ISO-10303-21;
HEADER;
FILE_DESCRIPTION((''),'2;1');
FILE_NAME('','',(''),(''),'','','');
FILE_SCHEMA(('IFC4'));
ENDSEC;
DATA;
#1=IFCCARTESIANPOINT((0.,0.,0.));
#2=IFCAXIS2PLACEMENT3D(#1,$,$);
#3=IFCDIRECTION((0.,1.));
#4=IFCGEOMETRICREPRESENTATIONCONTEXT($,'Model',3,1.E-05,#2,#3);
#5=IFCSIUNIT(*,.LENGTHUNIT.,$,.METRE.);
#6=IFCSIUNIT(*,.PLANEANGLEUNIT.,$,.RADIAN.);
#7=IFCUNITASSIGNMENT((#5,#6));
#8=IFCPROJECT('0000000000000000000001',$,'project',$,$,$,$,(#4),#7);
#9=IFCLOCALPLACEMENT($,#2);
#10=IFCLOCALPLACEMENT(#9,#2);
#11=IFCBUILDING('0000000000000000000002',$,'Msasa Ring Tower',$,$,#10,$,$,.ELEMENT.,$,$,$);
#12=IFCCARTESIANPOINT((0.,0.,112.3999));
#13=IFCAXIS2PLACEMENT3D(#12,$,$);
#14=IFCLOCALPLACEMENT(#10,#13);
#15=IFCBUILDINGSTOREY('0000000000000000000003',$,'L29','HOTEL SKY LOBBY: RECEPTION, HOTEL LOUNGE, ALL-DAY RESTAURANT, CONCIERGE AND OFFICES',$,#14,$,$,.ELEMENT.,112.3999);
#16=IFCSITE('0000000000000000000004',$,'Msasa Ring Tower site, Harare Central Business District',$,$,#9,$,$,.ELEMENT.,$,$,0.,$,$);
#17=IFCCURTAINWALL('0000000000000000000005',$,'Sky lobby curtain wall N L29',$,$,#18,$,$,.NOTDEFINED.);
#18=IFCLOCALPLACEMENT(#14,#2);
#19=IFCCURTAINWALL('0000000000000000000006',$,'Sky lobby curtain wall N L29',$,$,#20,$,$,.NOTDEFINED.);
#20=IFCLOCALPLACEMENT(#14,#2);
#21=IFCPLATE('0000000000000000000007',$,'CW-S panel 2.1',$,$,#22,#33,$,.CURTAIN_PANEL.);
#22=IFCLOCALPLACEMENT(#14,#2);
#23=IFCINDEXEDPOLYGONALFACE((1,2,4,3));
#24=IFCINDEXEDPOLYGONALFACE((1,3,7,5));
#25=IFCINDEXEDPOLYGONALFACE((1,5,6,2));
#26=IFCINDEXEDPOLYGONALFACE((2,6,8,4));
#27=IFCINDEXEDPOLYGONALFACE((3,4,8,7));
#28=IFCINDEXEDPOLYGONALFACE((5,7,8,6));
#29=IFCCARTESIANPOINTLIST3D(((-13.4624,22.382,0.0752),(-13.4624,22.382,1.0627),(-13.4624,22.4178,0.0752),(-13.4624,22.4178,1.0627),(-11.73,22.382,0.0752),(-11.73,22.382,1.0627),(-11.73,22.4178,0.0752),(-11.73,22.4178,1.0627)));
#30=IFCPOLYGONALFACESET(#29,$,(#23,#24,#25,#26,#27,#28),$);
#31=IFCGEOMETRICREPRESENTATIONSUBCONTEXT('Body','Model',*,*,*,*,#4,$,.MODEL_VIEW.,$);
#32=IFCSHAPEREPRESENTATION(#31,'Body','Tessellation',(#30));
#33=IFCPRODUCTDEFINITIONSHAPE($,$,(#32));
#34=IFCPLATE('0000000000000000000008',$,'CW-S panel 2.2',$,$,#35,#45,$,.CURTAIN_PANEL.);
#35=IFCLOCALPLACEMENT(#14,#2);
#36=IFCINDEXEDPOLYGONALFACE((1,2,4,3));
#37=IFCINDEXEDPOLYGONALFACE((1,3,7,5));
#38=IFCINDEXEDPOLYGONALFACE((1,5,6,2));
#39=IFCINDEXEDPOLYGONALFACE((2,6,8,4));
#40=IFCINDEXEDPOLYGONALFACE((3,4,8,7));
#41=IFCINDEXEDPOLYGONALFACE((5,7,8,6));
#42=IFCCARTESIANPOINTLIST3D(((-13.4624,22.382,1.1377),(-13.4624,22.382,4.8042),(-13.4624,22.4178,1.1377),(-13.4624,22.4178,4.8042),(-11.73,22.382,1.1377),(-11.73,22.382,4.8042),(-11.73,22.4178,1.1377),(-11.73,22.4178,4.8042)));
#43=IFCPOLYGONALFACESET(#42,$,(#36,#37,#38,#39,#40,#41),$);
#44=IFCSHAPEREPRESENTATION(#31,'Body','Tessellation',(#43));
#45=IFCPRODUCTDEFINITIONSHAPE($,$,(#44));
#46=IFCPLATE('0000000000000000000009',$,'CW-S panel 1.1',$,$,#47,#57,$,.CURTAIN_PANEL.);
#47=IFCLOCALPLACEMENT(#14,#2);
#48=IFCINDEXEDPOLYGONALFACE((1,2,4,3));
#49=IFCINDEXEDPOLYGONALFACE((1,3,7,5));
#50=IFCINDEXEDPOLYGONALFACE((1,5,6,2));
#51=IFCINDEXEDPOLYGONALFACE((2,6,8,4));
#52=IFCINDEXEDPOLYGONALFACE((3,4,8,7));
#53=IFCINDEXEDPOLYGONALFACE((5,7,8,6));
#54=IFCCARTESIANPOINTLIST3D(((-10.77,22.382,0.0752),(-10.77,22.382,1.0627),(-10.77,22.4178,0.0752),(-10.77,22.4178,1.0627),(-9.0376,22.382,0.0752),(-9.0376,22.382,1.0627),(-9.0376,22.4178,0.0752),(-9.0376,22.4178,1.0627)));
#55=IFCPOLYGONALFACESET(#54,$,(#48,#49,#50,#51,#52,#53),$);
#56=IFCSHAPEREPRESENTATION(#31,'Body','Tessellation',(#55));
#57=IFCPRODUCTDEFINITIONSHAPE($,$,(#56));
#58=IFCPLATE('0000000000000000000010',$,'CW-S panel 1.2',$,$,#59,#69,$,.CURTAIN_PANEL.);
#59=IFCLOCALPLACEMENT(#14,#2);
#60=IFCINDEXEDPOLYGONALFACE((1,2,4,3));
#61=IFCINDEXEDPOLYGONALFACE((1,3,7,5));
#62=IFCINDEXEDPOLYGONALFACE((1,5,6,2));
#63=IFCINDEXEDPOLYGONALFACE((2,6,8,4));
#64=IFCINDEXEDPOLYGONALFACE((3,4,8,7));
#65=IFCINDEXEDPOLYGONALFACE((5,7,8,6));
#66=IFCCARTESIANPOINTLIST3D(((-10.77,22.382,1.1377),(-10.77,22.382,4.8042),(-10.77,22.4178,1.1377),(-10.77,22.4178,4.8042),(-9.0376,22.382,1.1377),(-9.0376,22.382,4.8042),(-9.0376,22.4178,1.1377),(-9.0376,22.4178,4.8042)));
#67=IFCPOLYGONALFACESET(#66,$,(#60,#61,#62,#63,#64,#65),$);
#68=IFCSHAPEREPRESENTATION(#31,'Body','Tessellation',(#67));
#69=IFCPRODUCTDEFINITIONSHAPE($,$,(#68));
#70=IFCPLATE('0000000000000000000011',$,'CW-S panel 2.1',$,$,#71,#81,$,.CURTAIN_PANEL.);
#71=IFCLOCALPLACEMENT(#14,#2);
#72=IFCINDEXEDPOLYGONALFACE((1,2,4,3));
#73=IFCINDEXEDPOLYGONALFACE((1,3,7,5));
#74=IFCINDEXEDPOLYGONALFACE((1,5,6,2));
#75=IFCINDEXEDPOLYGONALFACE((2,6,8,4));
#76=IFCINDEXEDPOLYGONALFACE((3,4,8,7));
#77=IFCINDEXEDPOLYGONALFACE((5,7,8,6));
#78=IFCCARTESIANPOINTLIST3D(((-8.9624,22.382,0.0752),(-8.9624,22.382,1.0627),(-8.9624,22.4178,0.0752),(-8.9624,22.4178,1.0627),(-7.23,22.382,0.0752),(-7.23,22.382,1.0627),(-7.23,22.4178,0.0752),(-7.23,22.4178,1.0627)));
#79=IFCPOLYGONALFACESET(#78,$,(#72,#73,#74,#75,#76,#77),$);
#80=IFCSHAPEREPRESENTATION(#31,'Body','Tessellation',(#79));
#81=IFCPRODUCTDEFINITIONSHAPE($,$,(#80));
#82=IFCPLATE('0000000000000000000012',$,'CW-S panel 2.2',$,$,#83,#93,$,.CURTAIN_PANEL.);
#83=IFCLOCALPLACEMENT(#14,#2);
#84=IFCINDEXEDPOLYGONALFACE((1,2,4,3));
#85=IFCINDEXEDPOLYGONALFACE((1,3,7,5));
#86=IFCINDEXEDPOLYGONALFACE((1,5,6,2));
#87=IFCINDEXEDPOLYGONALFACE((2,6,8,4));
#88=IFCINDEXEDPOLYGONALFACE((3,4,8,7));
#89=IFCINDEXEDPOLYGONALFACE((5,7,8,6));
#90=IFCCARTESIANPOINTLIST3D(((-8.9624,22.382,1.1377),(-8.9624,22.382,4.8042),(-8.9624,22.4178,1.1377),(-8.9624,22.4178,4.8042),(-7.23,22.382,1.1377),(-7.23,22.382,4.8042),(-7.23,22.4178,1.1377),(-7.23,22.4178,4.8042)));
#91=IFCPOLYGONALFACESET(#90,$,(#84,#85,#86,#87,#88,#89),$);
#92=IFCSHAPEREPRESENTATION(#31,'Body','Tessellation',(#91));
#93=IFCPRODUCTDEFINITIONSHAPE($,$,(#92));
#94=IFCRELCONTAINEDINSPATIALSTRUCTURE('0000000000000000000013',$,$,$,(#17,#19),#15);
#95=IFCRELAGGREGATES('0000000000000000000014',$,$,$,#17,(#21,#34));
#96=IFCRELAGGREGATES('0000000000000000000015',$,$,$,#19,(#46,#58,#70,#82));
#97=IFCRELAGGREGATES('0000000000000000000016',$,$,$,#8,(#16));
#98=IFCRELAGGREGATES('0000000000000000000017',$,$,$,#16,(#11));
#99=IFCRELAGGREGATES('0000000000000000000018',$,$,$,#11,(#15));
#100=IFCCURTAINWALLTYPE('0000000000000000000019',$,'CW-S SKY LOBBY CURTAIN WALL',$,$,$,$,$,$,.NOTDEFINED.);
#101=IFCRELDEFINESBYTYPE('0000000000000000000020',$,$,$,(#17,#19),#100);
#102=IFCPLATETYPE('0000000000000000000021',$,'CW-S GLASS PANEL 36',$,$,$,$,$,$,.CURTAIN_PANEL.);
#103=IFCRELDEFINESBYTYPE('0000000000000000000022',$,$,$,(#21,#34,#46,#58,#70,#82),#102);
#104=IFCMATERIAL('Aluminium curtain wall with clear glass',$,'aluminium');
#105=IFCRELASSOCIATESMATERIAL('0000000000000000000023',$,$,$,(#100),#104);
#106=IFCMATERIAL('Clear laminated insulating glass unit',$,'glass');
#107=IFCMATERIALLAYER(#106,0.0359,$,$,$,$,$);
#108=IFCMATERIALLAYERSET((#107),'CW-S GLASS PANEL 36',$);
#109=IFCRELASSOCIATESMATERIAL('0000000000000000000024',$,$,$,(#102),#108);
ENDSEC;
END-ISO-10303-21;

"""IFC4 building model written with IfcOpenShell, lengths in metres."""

from ifc_helpers import new_model, si_unit, direction, frame, origin, origin_2d, place, context, subcontext, project, spatial, rectangle, extrude, material, layer, layer_set, type_object, element, aggregate, save


model = new_model("IFC4")

# Units and contexts
model_context = context("Model", 3, precision=1e-05, world=origin(), true_north=direction((0.0, 1.0)))
body_context = subcontext(model_context, "Body", "Model", "MODEL_VIEW")
ifc_project = project(units=[si_unit("LENGTHUNIT", "METRE"), si_unit("PLANEANGLEUNIT", "RADIAN")], contexts=[model_context])

# Site, building, storey
site_placement = place(None, origin())
site = spatial("IfcSite", under=ifc_project, at=site_placement, Name="Msasa Ring Tower site, Harare Central Business District", CompositionType="ELEMENT", RefElevation=0.0)
building_placement = place(site_placement, origin())
building = spatial("IfcBuilding", under=site, at=building_placement, Name="Msasa Ring Tower", CompositionType="ELEMENT")
storey_placement = place(building_placement, frame((0.0, 0.0, 112.3999)))
storey = spatial("IfcBuildingStorey", under=building, at=storey_placement, Name="L29", Description="HOTEL SKY LOBBY: RECEPTION, HOTEL LOUNGE, ALL-DAY RESTAURANT, CONCIERGE AND OFFICES", CompositionType="ELEMENT", Elevation=112.3999)

# Curtain wall
ifc_material_1 = material(Name="Aluminium curtain wall with clear glass", Category="aluminium")
curtain_wall_type = type_object("IfcCurtainWallType", Name="CW-S SKY LOBBY CURTAIN WALL", PredefinedType="NOTDEFINED", material=ifc_material_1)
curtain_wall_1_placement = place(storey_placement, origin())
curtain_wall_1 = element("IfcCurtainWall", 1, at=curtain_wall_1_placement, inside=storey, type_object=curtain_wall_type, Name="Sky lobby curtain wall N L29", PredefinedType="NOTDEFINED")

# Curtain wall
curtain_wall_2_placement = place(storey_placement, origin())
curtain_wall_2 = element("IfcCurtainWall", 2, at=curtain_wall_2_placement, inside=storey, type_object=curtain_wall_type, Name="Sky lobby curtain wall N L29", PredefinedType="NOTDEFINED")

# Plates
ifc_material_2 = material(Name="Clear laminated insulating glass unit", Category="glass")
ifc_layer = layer(ifc_material_2, 0.0359)
ifc_layer_set = layer_set([ifc_layer], Name="CW-S GLASS PANEL 36")
plate_type = type_object("IfcPlateType", Name="CW-S GLASS PANEL 36", PredefinedType="CURTAIN_PANEL", material=ifc_layer_set)
plate_1_placement = place(storey_placement, frame((-12.5962, 22.3999, 0.0752), z_axis=(0.0, 0.0, 1.0), x_axis=(1.0, 0.0, 0.0)))
plate_1 = element("IfcPlate", 3, at=plate_1_placement, type_object=plate_type, Name="CW-S panel 2.1", PredefinedType="CURTAIN_PANEL", context=body_context, shape_type="SweptSolid", body=[
    extrude(rectangle(XDim=1.7324, YDim=0.0359, at=origin_2d()), origin(), (0.0, 0.0, 1.0), 0.9875),
])
plate_2_placement = place(storey_placement, frame((-12.5962, 22.3999, 1.1377), z_axis=(0.0, 0.0, 1.0), x_axis=(1.0, 0.0, 0.0)))
plate_2 = element("IfcPlate", 4, at=plate_2_placement, type_object=plate_type, Name="CW-S panel 2.2", PredefinedType="CURTAIN_PANEL", context=body_context, shape_type="SweptSolid", body=[
    extrude(rectangle(XDim=1.7324, YDim=0.0359, at=origin_2d()), origin(), (0.0, 0.0, 1.0), 3.6665),
])
aggregate(curtain_wall_1, [plate_1, plate_2])
plate_3_placement = place(storey_placement, frame((-9.9038, 22.3999, 0.0752), z_axis=(0.0, 0.0, 1.0), x_axis=(1.0, 0.0, 0.0)))
plate_3 = element("IfcPlate", 5, at=plate_3_placement, type_object=plate_type, Name="CW-S panel 1.1", PredefinedType="CURTAIN_PANEL", context=body_context, shape_type="SweptSolid", body=[
    extrude(rectangle(XDim=1.7324, YDim=0.0359, at=origin_2d()), origin(), (0.0, 0.0, 1.0), 0.9875),
])
plate_4_placement = place(storey_placement, frame((-9.9038, 22.3999, 1.1377), z_axis=(0.0, 0.0, 1.0), x_axis=(1.0, 0.0, 0.0)))
plate_4 = element("IfcPlate", 6, at=plate_4_placement, type_object=plate_type, Name="CW-S panel 1.2", PredefinedType="CURTAIN_PANEL", context=body_context, shape_type="SweptSolid", body=[
    extrude(rectangle(XDim=1.7324, YDim=0.0359, at=origin_2d()), origin(), (0.0, 0.0, 1.0), 3.6665),
])
plate_5_placement = place(storey_placement, frame((-8.0962, 22.3999, 0.0752), z_axis=(0.0, 0.0, 1.0), x_axis=(1.0, 0.0, 0.0)))
plate_5 = element("IfcPlate", 7, at=plate_5_placement, type_object=plate_type, Name="CW-S panel 2.1", PredefinedType="CURTAIN_PANEL", context=body_context, shape_type="SweptSolid", body=[
    extrude(rectangle(XDim=1.7324, YDim=0.0359, at=origin_2d()), origin(), (0.0, 0.0, 1.0), 0.9875),
])
plate_6_placement = place(storey_placement, frame((-8.0962, 22.3999, 1.1377), z_axis=(0.0, 0.0, 1.0), x_axis=(1.0, 0.0, 0.0)))
plate_6 = element("IfcPlate", 8, at=plate_6_placement, type_object=plate_type, Name="CW-S panel 2.2", PredefinedType="CURTAIN_PANEL", context=body_context, shape_type="SweptSolid", body=[
    extrude(rectangle(XDim=1.7324, YDim=0.0359, at=origin_2d()), origin(), (0.0, 0.0, 1.0), 3.6665),
])
aggregate(curtain_wall_2, [plate_3, plate_4, plate_5, plate_6])

save(model, "model.ifc")
